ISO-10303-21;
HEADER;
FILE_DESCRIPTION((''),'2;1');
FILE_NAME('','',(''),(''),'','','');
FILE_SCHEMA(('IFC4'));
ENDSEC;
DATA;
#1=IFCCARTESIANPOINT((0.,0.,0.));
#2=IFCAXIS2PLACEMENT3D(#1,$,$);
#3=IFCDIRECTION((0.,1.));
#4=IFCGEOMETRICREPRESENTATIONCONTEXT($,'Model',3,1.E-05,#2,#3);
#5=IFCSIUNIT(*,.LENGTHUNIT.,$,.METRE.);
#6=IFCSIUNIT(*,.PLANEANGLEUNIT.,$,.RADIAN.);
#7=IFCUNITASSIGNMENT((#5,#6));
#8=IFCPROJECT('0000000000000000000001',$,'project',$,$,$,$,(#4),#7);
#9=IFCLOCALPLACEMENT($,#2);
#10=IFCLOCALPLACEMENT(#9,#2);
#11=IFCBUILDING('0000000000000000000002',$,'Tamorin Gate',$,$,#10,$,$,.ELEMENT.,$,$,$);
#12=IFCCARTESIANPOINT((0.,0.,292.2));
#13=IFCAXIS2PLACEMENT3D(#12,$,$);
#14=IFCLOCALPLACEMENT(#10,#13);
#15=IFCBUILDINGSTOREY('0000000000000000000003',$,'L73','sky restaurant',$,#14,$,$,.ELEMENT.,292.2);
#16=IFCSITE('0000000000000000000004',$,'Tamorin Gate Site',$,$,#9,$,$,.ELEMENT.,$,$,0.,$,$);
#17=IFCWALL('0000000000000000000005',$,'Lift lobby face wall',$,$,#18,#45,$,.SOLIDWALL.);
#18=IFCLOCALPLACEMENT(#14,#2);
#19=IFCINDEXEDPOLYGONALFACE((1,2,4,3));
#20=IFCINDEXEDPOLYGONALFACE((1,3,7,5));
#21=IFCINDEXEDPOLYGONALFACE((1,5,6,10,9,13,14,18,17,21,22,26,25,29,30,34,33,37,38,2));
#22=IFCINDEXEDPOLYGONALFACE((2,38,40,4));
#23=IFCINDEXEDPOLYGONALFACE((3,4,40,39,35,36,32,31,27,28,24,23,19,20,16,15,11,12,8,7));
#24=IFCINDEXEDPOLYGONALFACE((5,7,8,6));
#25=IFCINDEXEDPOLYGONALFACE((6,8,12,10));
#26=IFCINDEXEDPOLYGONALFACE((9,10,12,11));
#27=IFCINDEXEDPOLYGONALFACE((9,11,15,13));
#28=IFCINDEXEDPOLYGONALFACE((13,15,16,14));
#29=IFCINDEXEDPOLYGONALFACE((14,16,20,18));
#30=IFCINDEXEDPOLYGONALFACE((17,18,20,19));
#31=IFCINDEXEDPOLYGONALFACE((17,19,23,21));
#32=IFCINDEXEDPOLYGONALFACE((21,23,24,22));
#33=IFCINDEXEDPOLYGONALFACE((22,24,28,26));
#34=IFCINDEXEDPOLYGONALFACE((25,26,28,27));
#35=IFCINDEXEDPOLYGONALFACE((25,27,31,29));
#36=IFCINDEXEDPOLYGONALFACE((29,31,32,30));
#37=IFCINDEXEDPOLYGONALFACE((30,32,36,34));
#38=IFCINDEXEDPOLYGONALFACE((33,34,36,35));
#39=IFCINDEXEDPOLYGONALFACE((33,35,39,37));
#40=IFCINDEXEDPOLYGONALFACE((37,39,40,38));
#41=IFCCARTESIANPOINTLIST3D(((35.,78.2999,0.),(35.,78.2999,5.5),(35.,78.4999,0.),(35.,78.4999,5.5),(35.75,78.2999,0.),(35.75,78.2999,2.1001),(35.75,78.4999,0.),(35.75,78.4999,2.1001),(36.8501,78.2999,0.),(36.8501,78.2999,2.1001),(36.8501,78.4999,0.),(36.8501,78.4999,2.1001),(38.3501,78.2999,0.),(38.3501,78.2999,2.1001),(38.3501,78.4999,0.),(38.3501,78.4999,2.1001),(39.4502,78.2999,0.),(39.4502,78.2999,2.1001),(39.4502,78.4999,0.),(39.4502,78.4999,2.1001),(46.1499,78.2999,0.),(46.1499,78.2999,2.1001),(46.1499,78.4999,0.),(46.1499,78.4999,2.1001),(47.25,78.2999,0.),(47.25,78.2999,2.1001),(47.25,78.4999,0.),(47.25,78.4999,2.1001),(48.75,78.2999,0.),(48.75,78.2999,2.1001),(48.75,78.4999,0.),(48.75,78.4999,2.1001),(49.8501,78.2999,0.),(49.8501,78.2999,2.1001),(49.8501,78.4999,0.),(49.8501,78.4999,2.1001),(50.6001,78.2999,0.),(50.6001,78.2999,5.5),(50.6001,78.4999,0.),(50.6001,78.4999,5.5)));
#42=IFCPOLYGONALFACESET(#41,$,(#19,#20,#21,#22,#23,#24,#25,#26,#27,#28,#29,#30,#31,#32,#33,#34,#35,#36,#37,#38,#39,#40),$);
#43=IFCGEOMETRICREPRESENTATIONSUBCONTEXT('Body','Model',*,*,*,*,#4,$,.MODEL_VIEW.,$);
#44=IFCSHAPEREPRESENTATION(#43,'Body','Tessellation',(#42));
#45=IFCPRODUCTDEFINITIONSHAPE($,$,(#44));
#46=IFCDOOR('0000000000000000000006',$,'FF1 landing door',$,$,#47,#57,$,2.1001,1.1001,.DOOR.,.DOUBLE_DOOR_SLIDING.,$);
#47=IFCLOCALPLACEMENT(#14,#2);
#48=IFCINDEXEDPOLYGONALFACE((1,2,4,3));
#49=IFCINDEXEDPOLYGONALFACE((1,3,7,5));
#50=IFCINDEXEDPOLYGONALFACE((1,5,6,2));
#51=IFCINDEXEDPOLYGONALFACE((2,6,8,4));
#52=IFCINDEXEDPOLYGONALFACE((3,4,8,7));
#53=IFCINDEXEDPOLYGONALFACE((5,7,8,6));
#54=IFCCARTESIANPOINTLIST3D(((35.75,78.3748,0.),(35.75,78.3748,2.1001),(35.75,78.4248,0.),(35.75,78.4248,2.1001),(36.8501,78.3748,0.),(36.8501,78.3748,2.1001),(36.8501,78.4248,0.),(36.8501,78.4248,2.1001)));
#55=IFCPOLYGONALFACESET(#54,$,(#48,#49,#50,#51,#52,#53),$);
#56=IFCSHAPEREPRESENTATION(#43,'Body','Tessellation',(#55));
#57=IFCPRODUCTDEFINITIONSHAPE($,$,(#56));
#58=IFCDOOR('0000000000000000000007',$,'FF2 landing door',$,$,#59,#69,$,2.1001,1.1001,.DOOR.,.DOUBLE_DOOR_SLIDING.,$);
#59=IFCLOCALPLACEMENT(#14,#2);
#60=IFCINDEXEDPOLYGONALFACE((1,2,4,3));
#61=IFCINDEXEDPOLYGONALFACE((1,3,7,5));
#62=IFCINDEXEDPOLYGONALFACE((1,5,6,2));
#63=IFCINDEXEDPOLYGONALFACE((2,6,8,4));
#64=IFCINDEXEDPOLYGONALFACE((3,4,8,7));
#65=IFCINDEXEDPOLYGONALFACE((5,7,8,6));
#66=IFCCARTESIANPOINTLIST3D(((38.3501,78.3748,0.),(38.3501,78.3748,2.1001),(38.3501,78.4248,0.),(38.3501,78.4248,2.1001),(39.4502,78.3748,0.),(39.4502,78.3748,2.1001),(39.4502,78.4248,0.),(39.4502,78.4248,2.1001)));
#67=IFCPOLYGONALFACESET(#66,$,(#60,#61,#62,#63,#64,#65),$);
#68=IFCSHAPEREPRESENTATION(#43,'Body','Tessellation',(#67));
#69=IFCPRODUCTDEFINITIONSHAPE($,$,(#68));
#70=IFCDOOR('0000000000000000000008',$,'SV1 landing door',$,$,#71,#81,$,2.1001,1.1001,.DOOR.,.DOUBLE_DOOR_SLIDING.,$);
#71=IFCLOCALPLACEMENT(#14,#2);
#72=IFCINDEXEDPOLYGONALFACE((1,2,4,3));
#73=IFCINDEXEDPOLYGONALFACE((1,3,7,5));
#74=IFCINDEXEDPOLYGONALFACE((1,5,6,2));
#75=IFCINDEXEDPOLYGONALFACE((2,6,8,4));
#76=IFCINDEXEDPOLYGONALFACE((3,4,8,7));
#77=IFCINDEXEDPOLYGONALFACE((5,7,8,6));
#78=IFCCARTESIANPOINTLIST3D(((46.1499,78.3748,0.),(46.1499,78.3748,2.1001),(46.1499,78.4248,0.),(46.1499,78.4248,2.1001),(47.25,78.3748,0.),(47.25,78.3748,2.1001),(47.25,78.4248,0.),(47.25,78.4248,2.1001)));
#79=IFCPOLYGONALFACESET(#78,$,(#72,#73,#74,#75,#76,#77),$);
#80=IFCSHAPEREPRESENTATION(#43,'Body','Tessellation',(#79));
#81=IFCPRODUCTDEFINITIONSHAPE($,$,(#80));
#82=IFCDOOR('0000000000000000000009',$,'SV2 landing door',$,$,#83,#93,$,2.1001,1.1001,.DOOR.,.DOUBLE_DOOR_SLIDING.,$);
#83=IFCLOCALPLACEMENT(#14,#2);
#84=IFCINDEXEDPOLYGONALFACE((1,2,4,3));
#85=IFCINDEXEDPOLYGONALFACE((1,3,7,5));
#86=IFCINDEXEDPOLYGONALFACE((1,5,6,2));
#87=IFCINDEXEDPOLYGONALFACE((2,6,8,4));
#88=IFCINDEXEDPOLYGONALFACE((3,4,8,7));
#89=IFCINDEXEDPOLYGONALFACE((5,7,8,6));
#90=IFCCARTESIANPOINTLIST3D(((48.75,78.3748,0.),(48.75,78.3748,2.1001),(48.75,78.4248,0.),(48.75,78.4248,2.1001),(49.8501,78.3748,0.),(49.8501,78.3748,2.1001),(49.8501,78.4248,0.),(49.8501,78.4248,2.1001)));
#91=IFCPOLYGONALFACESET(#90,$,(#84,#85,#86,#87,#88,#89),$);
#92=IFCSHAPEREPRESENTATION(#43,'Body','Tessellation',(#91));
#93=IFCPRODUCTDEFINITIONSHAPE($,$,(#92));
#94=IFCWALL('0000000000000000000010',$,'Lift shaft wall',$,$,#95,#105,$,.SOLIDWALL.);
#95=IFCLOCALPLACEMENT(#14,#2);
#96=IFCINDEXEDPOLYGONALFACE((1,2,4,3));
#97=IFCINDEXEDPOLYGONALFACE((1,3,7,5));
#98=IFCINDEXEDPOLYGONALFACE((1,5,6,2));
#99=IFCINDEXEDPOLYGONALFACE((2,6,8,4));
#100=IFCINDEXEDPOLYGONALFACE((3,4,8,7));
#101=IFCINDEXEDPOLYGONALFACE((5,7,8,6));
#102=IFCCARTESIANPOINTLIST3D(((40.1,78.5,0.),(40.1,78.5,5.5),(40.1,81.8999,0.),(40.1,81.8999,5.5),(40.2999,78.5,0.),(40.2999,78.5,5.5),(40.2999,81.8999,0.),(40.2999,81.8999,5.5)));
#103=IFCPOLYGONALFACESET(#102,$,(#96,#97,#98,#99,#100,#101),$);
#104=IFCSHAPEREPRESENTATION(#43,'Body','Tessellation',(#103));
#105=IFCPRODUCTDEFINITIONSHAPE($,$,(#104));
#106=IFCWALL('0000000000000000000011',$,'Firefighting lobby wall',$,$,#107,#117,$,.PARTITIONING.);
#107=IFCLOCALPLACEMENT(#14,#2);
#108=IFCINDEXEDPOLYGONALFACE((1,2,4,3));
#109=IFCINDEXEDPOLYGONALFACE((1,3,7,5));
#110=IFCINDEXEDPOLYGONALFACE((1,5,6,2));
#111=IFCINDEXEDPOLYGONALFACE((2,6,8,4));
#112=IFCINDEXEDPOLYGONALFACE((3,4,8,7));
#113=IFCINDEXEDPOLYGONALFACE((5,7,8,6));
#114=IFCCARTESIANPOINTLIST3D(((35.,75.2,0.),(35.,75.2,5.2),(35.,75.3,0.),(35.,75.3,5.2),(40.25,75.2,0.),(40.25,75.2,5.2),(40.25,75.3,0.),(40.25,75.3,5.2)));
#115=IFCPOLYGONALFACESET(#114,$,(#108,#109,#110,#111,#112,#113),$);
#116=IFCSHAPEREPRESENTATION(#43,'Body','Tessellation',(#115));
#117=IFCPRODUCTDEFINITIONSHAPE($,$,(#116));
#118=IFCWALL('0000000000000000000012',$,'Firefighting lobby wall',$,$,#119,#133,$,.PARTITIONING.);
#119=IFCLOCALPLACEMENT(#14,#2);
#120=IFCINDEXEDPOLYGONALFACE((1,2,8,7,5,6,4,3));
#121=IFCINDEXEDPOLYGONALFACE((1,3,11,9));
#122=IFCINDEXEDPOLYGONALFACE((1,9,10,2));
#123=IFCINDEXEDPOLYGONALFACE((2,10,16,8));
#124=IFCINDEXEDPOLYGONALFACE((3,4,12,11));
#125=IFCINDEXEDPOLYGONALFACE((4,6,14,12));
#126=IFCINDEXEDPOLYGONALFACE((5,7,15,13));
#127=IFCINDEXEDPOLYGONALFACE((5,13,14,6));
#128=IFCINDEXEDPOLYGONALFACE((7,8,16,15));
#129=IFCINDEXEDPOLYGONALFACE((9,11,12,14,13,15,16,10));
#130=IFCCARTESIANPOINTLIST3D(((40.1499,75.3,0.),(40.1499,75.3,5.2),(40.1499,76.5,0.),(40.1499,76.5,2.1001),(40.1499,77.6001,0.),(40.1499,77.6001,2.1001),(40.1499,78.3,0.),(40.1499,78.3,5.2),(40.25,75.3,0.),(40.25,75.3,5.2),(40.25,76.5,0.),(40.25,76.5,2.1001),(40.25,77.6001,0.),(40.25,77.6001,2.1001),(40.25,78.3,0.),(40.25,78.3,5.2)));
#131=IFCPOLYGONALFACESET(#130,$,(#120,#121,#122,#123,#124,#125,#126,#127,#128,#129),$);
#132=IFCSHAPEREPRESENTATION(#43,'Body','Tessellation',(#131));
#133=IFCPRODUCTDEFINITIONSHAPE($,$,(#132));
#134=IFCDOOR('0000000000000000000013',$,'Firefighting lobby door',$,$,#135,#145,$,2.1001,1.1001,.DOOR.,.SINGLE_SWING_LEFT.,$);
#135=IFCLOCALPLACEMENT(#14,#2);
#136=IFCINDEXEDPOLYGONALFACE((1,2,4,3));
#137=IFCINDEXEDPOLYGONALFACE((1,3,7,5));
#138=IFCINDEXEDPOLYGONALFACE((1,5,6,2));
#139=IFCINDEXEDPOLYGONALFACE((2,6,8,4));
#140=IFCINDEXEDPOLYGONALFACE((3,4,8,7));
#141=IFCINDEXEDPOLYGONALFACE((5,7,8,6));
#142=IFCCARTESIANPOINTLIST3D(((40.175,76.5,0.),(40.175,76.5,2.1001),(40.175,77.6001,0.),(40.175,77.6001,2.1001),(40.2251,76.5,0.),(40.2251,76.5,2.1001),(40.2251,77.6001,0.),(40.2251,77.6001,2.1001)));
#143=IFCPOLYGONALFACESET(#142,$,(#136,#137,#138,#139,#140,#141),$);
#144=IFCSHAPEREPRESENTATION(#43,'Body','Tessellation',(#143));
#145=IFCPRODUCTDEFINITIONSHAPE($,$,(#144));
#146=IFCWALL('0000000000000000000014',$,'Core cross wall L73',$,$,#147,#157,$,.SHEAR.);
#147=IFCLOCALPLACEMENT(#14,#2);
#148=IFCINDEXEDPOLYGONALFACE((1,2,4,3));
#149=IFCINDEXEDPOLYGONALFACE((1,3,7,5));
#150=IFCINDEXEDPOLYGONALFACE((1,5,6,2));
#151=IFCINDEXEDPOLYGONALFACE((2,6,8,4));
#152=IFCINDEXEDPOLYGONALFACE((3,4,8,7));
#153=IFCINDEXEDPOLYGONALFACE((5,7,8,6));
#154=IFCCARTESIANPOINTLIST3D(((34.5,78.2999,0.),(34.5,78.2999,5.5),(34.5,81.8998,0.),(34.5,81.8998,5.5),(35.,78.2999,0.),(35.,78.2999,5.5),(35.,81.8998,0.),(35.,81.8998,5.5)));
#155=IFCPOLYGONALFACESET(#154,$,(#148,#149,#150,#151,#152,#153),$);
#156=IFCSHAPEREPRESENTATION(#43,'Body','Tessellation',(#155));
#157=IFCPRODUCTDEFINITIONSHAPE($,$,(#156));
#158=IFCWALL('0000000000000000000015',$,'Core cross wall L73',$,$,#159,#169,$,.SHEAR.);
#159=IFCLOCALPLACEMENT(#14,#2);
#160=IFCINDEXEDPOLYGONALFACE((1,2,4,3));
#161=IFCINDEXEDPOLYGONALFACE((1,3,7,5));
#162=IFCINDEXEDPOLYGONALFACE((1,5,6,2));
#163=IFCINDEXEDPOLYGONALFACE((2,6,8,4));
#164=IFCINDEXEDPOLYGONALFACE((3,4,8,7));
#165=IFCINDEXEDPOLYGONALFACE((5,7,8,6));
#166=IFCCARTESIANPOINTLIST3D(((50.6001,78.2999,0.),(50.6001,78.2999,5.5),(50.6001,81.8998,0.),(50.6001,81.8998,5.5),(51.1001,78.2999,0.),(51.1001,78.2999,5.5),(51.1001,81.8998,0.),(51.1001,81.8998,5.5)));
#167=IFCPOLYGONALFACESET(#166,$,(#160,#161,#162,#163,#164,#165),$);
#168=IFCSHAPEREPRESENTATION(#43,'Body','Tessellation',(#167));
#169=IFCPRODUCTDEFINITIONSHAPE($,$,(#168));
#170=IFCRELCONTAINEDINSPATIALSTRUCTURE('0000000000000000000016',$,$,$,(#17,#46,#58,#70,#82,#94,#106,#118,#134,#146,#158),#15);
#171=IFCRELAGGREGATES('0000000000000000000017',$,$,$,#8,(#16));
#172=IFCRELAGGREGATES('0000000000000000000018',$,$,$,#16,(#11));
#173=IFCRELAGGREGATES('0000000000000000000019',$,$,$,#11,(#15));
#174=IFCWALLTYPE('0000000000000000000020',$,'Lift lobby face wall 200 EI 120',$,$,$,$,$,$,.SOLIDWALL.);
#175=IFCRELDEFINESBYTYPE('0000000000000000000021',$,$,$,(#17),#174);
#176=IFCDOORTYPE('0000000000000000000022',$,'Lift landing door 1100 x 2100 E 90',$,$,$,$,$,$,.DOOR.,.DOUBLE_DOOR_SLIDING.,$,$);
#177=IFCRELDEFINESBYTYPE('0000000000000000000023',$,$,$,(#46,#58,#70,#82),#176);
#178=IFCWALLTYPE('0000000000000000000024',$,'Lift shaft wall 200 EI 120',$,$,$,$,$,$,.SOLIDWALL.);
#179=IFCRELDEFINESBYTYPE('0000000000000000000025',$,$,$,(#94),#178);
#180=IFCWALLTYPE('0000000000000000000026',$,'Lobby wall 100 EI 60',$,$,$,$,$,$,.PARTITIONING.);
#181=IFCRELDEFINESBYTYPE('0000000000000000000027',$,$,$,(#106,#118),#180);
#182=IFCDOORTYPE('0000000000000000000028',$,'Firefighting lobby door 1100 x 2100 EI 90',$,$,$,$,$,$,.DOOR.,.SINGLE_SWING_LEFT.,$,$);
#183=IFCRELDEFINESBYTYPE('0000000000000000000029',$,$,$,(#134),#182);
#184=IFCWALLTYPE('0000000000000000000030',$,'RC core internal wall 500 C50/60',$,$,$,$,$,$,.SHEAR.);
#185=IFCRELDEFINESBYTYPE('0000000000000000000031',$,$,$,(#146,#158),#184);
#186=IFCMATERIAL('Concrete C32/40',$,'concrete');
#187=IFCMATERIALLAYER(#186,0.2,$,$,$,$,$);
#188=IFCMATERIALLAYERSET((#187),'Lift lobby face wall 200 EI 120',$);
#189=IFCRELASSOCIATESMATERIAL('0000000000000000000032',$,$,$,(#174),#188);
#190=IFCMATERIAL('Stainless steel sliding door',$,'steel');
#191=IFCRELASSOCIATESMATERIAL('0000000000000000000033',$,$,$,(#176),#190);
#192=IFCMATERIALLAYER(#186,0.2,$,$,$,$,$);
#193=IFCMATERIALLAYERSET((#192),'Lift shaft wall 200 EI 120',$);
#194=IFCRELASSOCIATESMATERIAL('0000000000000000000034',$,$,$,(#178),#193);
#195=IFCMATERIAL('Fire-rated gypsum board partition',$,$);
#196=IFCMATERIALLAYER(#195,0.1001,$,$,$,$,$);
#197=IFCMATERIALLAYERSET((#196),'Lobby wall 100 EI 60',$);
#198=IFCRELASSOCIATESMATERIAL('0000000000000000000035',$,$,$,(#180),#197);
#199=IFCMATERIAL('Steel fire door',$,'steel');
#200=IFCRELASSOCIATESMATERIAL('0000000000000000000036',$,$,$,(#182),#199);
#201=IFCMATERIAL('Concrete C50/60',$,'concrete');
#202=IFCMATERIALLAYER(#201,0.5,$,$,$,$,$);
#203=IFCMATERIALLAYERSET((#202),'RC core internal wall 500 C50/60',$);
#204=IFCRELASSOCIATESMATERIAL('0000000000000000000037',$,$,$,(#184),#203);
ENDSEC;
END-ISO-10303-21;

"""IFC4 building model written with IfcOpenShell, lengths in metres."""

from ifc_helpers import new_model, si_unit, direction, frame, frame_2d, origin, place, context, subcontext, project, spatial, rectangle, extrude, material, layer, layer_set, type_object, element, fill, save


model = new_model("IFC4")

# Units and contexts
model_context = context("Model", 3, precision=1e-05, world=origin(), true_north=direction((0.0, 1.0)))
body_context = subcontext(model_context, "Body", "Model", "MODEL_VIEW")
ifc_project = project(units=[si_unit("LENGTHUNIT", "METRE"), si_unit("PLANEANGLEUNIT", "RADIAN")], contexts=[model_context])

# Site, building, storey
site_placement = place(None, origin())
site = spatial("IfcSite", under=ifc_project, at=site_placement, Name="Tamorin Gate Site", CompositionType="ELEMENT", RefElevation=0.0)
building_placement = place(site_placement, origin())
building = spatial("IfcBuilding", under=site, at=building_placement, Name="Tamorin Gate", CompositionType="ELEMENT")
storey_placement = place(building_placement, frame((0.0, 0.0, 292.2)))
storey = spatial("IfcBuildingStorey", under=building, at=storey_placement, Name="L73", Description="sky restaurant", CompositionType="ELEMENT", Elevation=292.2)

# Shared definitions
ifc_material_1 = material(Name="Concrete C50/60", Category="concrete")

# Wall, openings, doors
ifc_material_2 = material(Name="Concrete C32/40", Category="concrete")
ifc_layer_1 = layer(ifc_material_2, 0.2)
ifc_layer_set_1 = layer_set([ifc_layer_1], Name="Lift lobby face wall 200 EI 120")
wall_type_1 = type_object("IfcWallType", Name="Lift lobby face wall 200 EI 120", PredefinedType="SOLIDWALL", material=ifc_layer_set_1)
wall_1_placement = place(storey_placement, frame((35.0, 78.3999, 0.0), z_axis=(0.0, 0.0, 1.0), x_axis=(1.0, 0.0, 0.0)))
wall_1 = element("IfcWall", 1, at=wall_1_placement, inside=storey, type_object=wall_type_1, Name="Lift lobby face wall", PredefinedType="SOLIDWALL", context=body_context, shape_type="SweptSolid", body=[
    extrude(rectangle(XDim=15.6001, YDim=0.2, at=frame_2d((7.8, 0.0))), origin(), (0.0, 0.0, 1.0), 5.5),
])
opening_1_placement = place(wall_1_placement, frame((0.75, 0.0, 0.0)))
opening_1 = element("IfcOpeningElement", 2, at=opening_1_placement, cuts=wall_1, PredefinedType="OPENING", context=body_context, shape_type="SweptSolid", body=[
    extrude(rectangle(XDim=1.1001, YDim=2.1001, at=frame_2d((0.55, 1.05))), frame((0.0, 0.1099, 0.0), z_axis=(0.0, -1.0, 0.0), x_axis=(1.0, 0.0, 0.0)), (0.0, 0.0, 1.0), 0.22),
])
opening_2_placement = place(wall_1_placement, frame((3.3501, 0.0, 0.0)))
opening_2 = element("IfcOpeningElement", 3, at=opening_2_placement, cuts=wall_1, PredefinedType="OPENING", context=body_context, shape_type="SweptSolid", body=[
    extrude(rectangle(XDim=1.1001, YDim=2.1001, at=frame_2d((0.55, 1.05))), frame((0.0, 0.1099, 0.0), z_axis=(0.0, -1.0, 0.0), x_axis=(1.0, 0.0, 0.0)), (0.0, 0.0, 1.0), 0.22),
])
opening_3_placement = place(wall_1_placement, frame((11.1499, 0.0, 0.0)))
opening_3 = element("IfcOpeningElement", 4, at=opening_3_placement, cuts=wall_1, PredefinedType="OPENING", context=body_context, shape_type="SweptSolid", body=[
    extrude(rectangle(XDim=1.1001, YDim=2.1001, at=frame_2d((0.55, 1.05))), frame((0.0, 0.1099, 0.0), z_axis=(0.0, -1.0, 0.0), x_axis=(1.0, 0.0, 0.0)), (0.0, 0.0, 1.0), 0.22),
])
opening_4_placement = place(wall_1_placement, frame((13.75, 0.0, 0.0)))
opening_4 = element("IfcOpeningElement", 5, at=opening_4_placement, cuts=wall_1, PredefinedType="OPENING", context=body_context, shape_type="SweptSolid", body=[
    extrude(rectangle(XDim=1.1001, YDim=2.1001, at=frame_2d((0.55, 1.05))), frame((0.0, 0.1099, 0.0), z_axis=(0.0, -1.0, 0.0), x_axis=(1.0, 0.0, 0.0)), (0.0, 0.0, 1.0), 0.22),
])
ifc_material_3 = material(Name="Stainless steel sliding door", Category="steel")
door_type_1 = type_object("IfcDoorType", Name="Lift landing door 1100 x 2100 E 90", OperationType="DOUBLE_DOOR_SLIDING", PredefinedType="DOOR", material=ifc_material_3)
door_1_placement = place(opening_1_placement, origin())
door_1 = element("IfcDoor", 6, at=door_1_placement, inside=storey, type_object=door_type_1, Name="FF1 landing door", OperationType="DOUBLE_DOOR_SLIDING", OverallHeight=2.1001, OverallWidth=1.1001, PredefinedType="DOOR", context=body_context, shape_type="SweptSolid", body=[
    extrude(rectangle(XDim=1.1001, YDim=2.1001, at=frame_2d((0.55, 1.05))), frame((0.0, 0.0249, 0.0), z_axis=(0.0, -1.0, 0.0), x_axis=(1.0, 0.0, 0.0)), (0.0, 0.0, 1.0), 0.05),
])
fill(opening_1, door_1)
door_2_placement = place(opening_2_placement, origin())
door_2 = element("IfcDoor", 7, at=door_2_placement, inside=storey, type_object=door_type_1, Name="FF2 landing door", OperationType="DOUBLE_DOOR_SLIDING", OverallHeight=2.1001, OverallWidth=1.1001, PredefinedType="DOOR", context=body_context, shape_type="SweptSolid", body=[
    extrude(rectangle(XDim=1.1001, YDim=2.1001, at=frame_2d((0.55, 1.05))), frame((0.0, 0.0249, 0.0), z_axis=(0.0, -1.0, 0.0), x_axis=(1.0, 0.0, 0.0)), (0.0, 0.0, 1.0), 0.05),
])
fill(opening_2, door_2)
door_3_placement = place(opening_3_placement, origin())
door_3 = element("IfcDoor", 8, at=door_3_placement, inside=storey, type_object=door_type_1, Name="SV1 landing door", OperationType="DOUBLE_DOOR_SLIDING", OverallHeight=2.1001, OverallWidth=1.1001, PredefinedType="DOOR", context=body_context, shape_type="SweptSolid", body=[
    extrude(rectangle(XDim=1.1001, YDim=2.1001, at=frame_2d((0.55, 1.05))), frame((0.0, 0.0249, 0.0), z_axis=(0.0, -1.0, 0.0), x_axis=(1.0, 0.0, 0.0)), (0.0, 0.0, 1.0), 0.05),
])
fill(opening_3, door_3)
door_4_placement = place(opening_4_placement, origin())
door_4 = element("IfcDoor", 9, at=door_4_placement, inside=storey, type_object=door_type_1, Name="SV2 landing door", OperationType="DOUBLE_DOOR_SLIDING", OverallHeight=2.1001, OverallWidth=1.1001, PredefinedType="DOOR", context=body_context, shape_type="SweptSolid", body=[
    extrude(rectangle(XDim=1.1001, YDim=2.1001, at=frame_2d((0.55, 1.05))), frame((0.0, 0.0249, 0.0), z_axis=(0.0, -1.0, 0.0), x_axis=(1.0, 0.0, 0.0)), (0.0, 0.0, 1.0), 0.05),
])
fill(opening_4, door_4)

# Walls
ifc_layer_2 = layer(ifc_material_2, 0.2)
ifc_layer_set_2 = layer_set([ifc_layer_2], Name="Lift shaft wall 200 EI 120")
wall_type_2 = type_object("IfcWallType", Name="Lift shaft wall 200 EI 120", PredefinedType="SOLIDWALL", material=ifc_layer_set_2)
wall_2_placement = place(storey_placement, frame((40.2, 78.5, 0.0), z_axis=(0.0, 0.0, 1.0), x_axis=(0.0, 1.0, 0.0)))
element("IfcWall", 10, at=wall_2_placement, inside=storey, type_object=wall_type_2, Name="Lift shaft wall", PredefinedType="SOLIDWALL", context=body_context, shape_type="SweptSolid", body=[
    extrude(rectangle(XDim=3.3999, YDim=0.2, at=frame_2d((1.7, 0.0))), origin(), (0.0, 0.0, 1.0), 5.5),
])
ifc_material_4 = material(Name="Fire-rated gypsum board partition")
ifc_layer_3 = layer(ifc_material_4, 0.1001)
ifc_layer_set_3 = layer_set([ifc_layer_3], Name="Lobby wall 100 EI 60")
wall_type_3 = type_object("IfcWallType", Name="Lobby wall 100 EI 60", PredefinedType="PARTITIONING", material=ifc_layer_set_3)
wall_3_placement = place(storey_placement, frame((35.0, 75.25, 0.0), z_axis=(0.0, 0.0, 1.0), x_axis=(1.0, 0.0, 0.0)))
element("IfcWall", 11, at=wall_3_placement, inside=storey, type_object=wall_type_3, Name="Firefighting lobby wall", PredefinedType="PARTITIONING", context=body_context, shape_type="SweptSolid", body=[
    extrude(rectangle(XDim=5.25, YDim=0.1001, at=frame_2d((2.625, 0.0))), origin(), (0.0, 0.0, 1.0), 5.2),
])

# Wall, opening, door
wall_4_placement = place(storey_placement, frame((40.2, 75.3, 0.0), z_axis=(0.0, 0.0, 1.0), x_axis=(0.0, 1.0, 0.0)))
wall_4 = element("IfcWall", 12, at=wall_4_placement, inside=storey, type_object=wall_type_3, Name="Firefighting lobby wall", PredefinedType="PARTITIONING", context=body_context, shape_type="SweptSolid", body=[
    extrude(rectangle(XDim=3.0, YDim=0.1001, at=frame_2d((1.5, 0.0))), origin(), (0.0, 0.0, 1.0), 5.2),
])
opening_5_placement = place(wall_4_placement, frame((1.2, 0.0, 0.0)))
opening_5 = element("IfcOpeningElement", 13, at=opening_5_placement, cuts=wall_4, PredefinedType="OPENING", context=body_context, shape_type="SweptSolid", body=[
    extrude(rectangle(XDim=1.1001, YDim=2.1001, at=frame_2d((0.55, 1.05))), frame((0.0, 0.0601, 0.0), z_axis=(0.0, -1.0, 0.0), x_axis=(1.0, 0.0, 0.0)), (0.0, 0.0, 1.0), 0.1201),
])
ifc_material_5 = material(Name="Steel fire door", Category="steel")
door_type_2 = type_object("IfcDoorType", Name="Firefighting lobby door 1100 x 2100 EI 90", OperationType="SINGLE_SWING_LEFT", PredefinedType="DOOR", material=ifc_material_5)
door_5_placement = place(opening_5_placement, origin())
door_5 = element("IfcDoor", 14, at=door_5_placement, inside=storey, type_object=door_type_2, Name="Firefighting lobby door", OperationType="SINGLE_SWING_LEFT", OverallHeight=2.1001, OverallWidth=1.1001, PredefinedType="DOOR", context=body_context, shape_type="SweptSolid", body=[
    extrude(rectangle(XDim=1.1001, YDim=2.1001, at=frame_2d((0.55, 1.05))), frame((0.0, 0.0249, 0.0), z_axis=(0.0, -1.0, 0.0), x_axis=(1.0, 0.0, 0.0)), (0.0, 0.0, 1.0), 0.05),
])
fill(opening_5, door_5)

# Walls
ifc_layer_4 = layer(ifc_material_1, 0.5)
ifc_layer_set_4 = layer_set([ifc_layer_4], Name="RC core internal wall 500 C50/60")
wall_type_4 = type_object("IfcWallType", Name="RC core internal wall 500 C50/60", PredefinedType="SHEAR", material=ifc_layer_set_4)
for number, where, z_axis, x_axis, name in (
    (15, (34.75, 78.3, 0.0), (0.0, 0.0, 1.0), (0.0, 1.0, 0.0), "Core cross wall L73"),
    (16, (50.8501, 78.3, 0.0), (0.0, 0.0, 1.0), (0.0, 1.0, 0.0), "Core cross wall L73"),
):
    element("IfcWall", number, at=place(storey_placement, frame(where, z_axis=z_axis, x_axis=x_axis)), inside=storey, type_object=wall_type_4, Name=name, PredefinedType="SHEAR", context=body_context, shape_type="SweptSolid", body=[
        extrude(rectangle(XDim=3.5999, YDim=0.5, at=frame_2d((1.7998, 0.0))), origin(), (0.0, 0.0, 1.0), 5.5),
    ])

save(model, "model.ifc")
